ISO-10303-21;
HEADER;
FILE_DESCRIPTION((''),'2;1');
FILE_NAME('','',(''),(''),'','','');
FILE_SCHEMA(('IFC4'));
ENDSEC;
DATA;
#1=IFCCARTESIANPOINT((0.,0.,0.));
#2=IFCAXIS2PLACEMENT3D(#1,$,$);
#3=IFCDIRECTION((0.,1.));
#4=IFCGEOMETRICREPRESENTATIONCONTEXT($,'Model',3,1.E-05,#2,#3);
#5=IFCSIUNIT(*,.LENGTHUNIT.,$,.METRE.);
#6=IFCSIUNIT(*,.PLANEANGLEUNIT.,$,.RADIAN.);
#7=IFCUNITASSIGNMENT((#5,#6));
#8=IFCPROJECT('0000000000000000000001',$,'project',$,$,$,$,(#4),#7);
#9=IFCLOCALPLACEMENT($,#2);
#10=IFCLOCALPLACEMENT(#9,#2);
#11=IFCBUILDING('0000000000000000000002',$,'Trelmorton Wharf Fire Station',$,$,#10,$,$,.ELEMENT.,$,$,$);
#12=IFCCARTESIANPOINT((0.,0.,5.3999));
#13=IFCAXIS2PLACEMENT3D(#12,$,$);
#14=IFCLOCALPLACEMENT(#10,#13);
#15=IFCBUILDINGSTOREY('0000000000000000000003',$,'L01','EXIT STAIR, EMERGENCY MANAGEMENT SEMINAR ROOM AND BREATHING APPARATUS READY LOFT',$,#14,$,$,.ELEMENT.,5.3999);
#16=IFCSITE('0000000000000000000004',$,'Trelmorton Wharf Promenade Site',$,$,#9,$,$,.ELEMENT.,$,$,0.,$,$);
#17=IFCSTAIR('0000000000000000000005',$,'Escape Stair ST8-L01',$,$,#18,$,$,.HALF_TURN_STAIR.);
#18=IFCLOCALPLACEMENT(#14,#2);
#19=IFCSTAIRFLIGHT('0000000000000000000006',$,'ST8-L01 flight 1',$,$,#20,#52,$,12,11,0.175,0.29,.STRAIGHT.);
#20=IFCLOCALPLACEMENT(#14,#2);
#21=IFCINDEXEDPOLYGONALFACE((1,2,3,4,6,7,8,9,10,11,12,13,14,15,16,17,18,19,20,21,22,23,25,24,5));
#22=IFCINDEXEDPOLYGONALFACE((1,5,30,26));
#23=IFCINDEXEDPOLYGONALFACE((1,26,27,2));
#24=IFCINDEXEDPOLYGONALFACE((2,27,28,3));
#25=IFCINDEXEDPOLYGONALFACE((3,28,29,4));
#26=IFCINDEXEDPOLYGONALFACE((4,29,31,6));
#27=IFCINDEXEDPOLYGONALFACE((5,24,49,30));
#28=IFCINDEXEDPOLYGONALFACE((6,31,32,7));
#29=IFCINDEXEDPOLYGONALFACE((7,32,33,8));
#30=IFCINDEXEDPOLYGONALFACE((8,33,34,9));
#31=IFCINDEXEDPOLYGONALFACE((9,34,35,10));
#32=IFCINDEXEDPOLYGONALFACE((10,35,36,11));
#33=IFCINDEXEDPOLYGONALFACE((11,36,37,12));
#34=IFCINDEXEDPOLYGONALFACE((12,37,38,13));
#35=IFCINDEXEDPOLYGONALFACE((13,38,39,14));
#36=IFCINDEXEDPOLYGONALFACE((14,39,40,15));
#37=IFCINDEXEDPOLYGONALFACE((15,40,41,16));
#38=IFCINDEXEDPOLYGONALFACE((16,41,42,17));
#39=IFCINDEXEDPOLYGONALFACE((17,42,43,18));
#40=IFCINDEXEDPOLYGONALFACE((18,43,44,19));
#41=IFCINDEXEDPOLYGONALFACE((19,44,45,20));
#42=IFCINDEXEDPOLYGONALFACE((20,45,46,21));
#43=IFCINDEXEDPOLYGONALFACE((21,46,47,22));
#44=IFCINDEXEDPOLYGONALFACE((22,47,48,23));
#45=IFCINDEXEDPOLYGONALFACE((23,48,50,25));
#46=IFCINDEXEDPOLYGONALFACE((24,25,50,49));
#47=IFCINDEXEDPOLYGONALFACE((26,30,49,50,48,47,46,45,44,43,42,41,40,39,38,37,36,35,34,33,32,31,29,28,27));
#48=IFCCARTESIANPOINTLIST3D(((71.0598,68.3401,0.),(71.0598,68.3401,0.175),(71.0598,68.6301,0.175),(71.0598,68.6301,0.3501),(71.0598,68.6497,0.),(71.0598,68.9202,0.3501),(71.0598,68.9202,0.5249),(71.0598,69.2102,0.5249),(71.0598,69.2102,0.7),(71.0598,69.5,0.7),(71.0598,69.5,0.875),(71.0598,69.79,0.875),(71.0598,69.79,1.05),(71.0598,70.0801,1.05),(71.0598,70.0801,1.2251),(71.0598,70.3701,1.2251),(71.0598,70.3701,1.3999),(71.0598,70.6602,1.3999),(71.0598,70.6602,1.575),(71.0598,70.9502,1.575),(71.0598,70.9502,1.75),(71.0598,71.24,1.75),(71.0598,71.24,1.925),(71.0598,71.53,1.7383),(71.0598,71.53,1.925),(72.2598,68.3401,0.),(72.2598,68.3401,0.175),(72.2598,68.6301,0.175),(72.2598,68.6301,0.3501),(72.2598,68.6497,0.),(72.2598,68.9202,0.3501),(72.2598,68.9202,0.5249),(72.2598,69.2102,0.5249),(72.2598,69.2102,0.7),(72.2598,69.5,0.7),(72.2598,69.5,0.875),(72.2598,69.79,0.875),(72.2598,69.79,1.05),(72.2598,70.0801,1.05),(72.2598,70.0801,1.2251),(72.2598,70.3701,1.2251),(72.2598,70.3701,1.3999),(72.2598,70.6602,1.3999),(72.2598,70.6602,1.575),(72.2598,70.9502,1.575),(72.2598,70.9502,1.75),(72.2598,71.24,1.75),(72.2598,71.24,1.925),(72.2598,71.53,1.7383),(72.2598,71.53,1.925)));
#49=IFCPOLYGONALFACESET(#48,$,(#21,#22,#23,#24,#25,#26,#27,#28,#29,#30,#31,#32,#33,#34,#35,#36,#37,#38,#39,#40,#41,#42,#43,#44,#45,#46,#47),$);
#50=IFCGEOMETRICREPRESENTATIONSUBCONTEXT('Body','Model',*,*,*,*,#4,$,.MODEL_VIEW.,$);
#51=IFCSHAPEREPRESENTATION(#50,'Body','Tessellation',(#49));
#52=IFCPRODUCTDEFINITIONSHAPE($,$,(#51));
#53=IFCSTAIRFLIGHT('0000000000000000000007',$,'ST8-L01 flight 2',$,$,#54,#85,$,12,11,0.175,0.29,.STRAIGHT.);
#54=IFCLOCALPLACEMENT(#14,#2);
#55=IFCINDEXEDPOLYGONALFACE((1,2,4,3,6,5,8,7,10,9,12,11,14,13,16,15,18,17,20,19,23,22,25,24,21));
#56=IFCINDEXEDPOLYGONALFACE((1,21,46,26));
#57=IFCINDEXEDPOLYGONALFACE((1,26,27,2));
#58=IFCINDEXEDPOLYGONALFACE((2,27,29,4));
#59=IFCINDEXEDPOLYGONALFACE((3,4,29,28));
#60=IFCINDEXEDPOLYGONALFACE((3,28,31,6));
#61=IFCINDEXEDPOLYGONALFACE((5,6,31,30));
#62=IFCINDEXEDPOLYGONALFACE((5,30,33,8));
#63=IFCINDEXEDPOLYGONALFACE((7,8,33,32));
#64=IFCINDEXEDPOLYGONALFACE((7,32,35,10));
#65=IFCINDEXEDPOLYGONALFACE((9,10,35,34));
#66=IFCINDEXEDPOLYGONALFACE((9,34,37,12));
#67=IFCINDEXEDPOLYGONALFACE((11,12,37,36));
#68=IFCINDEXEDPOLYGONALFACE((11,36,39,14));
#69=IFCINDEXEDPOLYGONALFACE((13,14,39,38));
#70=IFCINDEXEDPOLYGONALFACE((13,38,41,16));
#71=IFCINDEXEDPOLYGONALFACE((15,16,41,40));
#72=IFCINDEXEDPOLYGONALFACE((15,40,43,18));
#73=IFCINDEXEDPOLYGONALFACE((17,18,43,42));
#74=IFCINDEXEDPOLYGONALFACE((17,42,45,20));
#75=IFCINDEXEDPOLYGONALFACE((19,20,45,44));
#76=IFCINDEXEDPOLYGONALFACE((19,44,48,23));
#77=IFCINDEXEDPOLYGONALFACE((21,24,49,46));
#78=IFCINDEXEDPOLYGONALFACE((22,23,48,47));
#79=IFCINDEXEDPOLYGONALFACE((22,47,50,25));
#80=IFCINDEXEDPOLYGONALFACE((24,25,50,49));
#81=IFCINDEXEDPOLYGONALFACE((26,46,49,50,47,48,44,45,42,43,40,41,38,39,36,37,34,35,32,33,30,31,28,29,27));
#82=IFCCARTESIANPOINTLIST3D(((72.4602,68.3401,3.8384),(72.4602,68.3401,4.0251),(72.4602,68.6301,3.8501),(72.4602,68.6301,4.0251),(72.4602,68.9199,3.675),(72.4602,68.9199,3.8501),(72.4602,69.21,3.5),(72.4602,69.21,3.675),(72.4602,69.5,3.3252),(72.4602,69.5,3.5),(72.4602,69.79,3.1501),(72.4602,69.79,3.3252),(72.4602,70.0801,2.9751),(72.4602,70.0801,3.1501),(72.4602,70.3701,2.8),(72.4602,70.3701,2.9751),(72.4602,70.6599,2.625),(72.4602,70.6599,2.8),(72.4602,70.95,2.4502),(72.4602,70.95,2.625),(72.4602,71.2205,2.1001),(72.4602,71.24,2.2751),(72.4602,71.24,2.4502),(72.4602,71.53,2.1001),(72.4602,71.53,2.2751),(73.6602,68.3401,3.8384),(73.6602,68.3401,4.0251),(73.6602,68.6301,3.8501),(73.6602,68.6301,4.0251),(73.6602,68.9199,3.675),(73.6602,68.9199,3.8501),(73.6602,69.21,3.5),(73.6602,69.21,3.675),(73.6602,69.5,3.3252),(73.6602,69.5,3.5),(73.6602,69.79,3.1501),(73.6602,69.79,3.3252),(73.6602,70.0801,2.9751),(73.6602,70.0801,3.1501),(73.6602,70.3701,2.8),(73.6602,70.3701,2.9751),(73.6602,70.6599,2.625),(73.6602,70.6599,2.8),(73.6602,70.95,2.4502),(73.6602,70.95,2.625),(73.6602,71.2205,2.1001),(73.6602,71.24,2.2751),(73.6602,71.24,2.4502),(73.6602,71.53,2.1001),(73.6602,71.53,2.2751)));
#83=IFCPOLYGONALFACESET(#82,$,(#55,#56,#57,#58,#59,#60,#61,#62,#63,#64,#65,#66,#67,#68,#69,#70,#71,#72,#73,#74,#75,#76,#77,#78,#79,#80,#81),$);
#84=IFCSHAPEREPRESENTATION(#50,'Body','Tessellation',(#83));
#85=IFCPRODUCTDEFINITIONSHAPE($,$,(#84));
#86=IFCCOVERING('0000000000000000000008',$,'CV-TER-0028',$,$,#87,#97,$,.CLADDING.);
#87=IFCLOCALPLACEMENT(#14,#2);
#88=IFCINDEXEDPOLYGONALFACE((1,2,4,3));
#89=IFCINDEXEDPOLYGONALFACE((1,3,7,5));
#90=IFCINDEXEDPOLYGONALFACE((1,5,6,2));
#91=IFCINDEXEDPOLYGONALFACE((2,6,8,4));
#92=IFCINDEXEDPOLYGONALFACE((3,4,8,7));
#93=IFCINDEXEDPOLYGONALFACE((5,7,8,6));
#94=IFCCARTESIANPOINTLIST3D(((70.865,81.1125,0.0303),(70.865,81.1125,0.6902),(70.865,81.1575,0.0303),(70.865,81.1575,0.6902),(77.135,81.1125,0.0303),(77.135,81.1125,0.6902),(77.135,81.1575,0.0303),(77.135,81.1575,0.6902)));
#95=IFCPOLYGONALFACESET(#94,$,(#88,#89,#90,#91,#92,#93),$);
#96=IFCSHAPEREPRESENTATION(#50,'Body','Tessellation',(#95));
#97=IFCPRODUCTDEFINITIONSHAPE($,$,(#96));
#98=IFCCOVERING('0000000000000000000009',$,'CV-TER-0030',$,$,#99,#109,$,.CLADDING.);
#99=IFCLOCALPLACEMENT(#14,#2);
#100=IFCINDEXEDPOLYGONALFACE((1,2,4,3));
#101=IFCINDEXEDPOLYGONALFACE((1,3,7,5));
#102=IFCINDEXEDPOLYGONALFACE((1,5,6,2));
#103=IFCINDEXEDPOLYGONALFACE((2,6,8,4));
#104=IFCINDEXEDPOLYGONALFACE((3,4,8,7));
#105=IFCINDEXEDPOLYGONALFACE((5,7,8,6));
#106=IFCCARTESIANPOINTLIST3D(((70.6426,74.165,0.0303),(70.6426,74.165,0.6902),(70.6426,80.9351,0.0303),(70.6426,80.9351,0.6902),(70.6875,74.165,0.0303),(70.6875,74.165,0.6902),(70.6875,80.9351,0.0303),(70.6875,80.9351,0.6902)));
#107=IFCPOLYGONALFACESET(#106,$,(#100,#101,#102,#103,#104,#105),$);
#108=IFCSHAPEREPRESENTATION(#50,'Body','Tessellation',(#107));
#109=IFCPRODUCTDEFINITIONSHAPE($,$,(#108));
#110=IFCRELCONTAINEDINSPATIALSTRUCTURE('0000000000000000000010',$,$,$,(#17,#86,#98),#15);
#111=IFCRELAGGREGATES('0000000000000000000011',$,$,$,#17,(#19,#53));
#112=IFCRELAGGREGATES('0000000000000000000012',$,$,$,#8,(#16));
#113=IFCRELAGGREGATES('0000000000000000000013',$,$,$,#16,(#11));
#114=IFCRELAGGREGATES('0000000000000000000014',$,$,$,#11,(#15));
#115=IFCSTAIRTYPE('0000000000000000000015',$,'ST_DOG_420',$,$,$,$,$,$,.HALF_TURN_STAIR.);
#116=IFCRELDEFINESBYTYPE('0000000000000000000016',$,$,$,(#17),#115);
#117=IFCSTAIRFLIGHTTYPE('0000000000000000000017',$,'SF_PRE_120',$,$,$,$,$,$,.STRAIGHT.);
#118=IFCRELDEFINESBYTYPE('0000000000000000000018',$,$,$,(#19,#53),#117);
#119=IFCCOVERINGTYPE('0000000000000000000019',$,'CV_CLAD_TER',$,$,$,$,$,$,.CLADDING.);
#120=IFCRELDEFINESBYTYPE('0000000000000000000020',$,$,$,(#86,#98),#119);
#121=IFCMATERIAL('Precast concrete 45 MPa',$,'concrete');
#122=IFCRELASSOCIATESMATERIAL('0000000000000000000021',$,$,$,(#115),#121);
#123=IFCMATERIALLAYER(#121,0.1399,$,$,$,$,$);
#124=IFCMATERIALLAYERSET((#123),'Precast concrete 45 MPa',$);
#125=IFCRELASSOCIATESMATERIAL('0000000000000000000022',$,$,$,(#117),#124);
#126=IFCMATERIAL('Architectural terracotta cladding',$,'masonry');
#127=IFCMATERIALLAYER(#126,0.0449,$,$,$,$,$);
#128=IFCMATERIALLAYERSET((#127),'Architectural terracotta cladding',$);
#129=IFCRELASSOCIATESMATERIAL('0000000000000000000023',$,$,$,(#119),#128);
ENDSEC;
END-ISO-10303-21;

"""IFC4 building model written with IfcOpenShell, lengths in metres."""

from ifc_helpers import new_model, si_unit, direction, frame, origin, origin_2d, place, context, subcontext, project, spatial, polyline, rectangle, outline, extrude, material, layer, layer_set, type_object, element, aggregate, save


model = new_model("IFC4")

# Units and contexts
model_context = context("Model", 3, precision=1e-05, world=origin(), true_north=direction((0.0, 1.0)))
body_context = subcontext(model_context, "Body", "Model", "MODEL_VIEW")
ifc_project = project(units=[si_unit("LENGTHUNIT", "METRE"), si_unit("PLANEANGLEUNIT", "RADIAN")], contexts=[model_context])

# Site, building, storey
site_placement = place(None, origin())
site = spatial("IfcSite", under=ifc_project, at=site_placement, Name="Trelmorton Wharf Promenade Site", CompositionType="ELEMENT", RefElevation=0.0)
building_placement = place(site_placement, origin())
building = spatial("IfcBuilding", under=site, at=building_placement, Name="Trelmorton Wharf Fire Station", CompositionType="ELEMENT")
storey_placement = place(building_placement, frame((0.0, 0.0, 5.3999)))
storey = spatial("IfcBuildingStorey", under=building, at=storey_placement, Name="L01", Description="EXIT STAIR, EMERGENCY MANAGEMENT SEMINAR ROOM AND BREATHING APPARATUS READY LOFT", CompositionType="ELEMENT", Elevation=5.3999)

# Shared definitions
ifc_material_1 = material(Name="Precast concrete 45 MPa", Category="concrete")

# Stair, stair flights
stair_type = type_object("IfcStairType", Name="ST_DOG_420", PredefinedType="HALF_TURN_STAIR", material=ifc_material_1)
stair_placement = place(storey_placement, origin())
stair = element("IfcStair", 1, at=stair_placement, inside=storey, type_object=stair_type, Name="Escape Stair ST8-L01", PredefinedType="HALF_TURN_STAIR")
ifc_layer_1 = layer(ifc_material_1, 0.1399)
ifc_layer_set_1 = layer_set([ifc_layer_1], Name="Precast concrete 45 MPa")
stair_flight_type = type_object("IfcStairFlightType", Name="SF_PRE_120", PredefinedType="STRAIGHT", material=ifc_layer_set_1)
stair_flight_1_placement = place(storey_placement, frame((71.6599, 68.3401, 0.0), z_axis=(0.0, 0.0, 1.0), x_axis=(0.0, 1.0, 0.0)))
stair_flight_1 = element("IfcStairFlight", 2, at=stair_flight_1_placement, type_object=stair_flight_type, Name="ST8-L01 flight 1", NumberOfRisers=12, NumberOfTreads=11, PredefinedType="STRAIGHT", RiserHeight=0.175, TreadLength=0.29, context=body_context, shape_type="SweptSolid", body=[
    extrude(outline(polyline([(0.0, 0.0), (0.0, 0.175), (0.29, 0.175), (0.29, 0.3501), (0.5801, 0.3501), (0.5801, 0.5249), (0.8701, 0.5249), (0.8701, 0.7), (1.1599, 0.7), (1.1599, 0.875), (1.45, 0.875), (1.45, 1.05), (1.74, 1.05), (1.74, 1.2251), (2.03, 1.2251), (2.03, 1.3999), (2.3201, 1.3999), (2.3201, 1.575), (2.6101, 1.575), (2.6101, 1.75), (2.8999, 1.75), (2.8999, 1.925), (3.1899, 1.925), (3.1899, 2.1001), (3.1899, 1.7383), (0.3096, 0.0), (0.0, 0.0)])), frame((0.0, 0.6001, 0.0), z_axis=(0.0, -1.0, 0.0), x_axis=(1.0, 0.0, 0.0)), (0.0, 0.0, 1.0), 1.2),
])
stair_flight_2_placement = place(storey_placement, frame((73.0601, 71.53, 2.1001), z_axis=(0.0, 0.0, 1.0), x_axis=(0.0, -1.0, 0.0)))
stair_flight_2 = element("IfcStairFlight", 3, at=stair_flight_2_placement, type_object=stair_flight_type, Name="ST8-L01 flight 2", NumberOfRisers=12, NumberOfTreads=11, PredefinedType="STRAIGHT", RiserHeight=0.175, TreadLength=0.29, context=body_context, shape_type="SweptSolid", body=[
    extrude(outline(polyline([(0.0, 0.0), (0.0, 0.175), (0.29, 0.175), (0.29, 0.3501), (0.5801, 0.3501), (0.5801, 0.5249), (0.8701, 0.5249), (0.8701, 0.7), (1.1599, 0.7), (1.1599, 0.875), (1.45, 0.875), (1.45, 1.05), (1.74, 1.05), (1.74, 1.2251), (2.03, 1.2251), (2.03, 1.3999), (2.3201, 1.3999), (2.3201, 1.575), (2.6101, 1.575), (2.6101, 1.75), (2.8999, 1.75), (2.8999, 1.925), (3.1899, 1.925), (3.1899, 2.1001), (3.1899, 1.7383), (0.3096, 0.0), (0.0, 0.0)])), frame((0.0, 0.6001, 0.0), z_axis=(0.0, -1.0, 0.0), x_axis=(1.0, 0.0, 0.0)), (0.0, 0.0, 1.0), 1.2),
])
aggregate(stair, [stair_flight_1, stair_flight_2])

# Coverings
ifc_material_2 = material(Name="Architectural terracotta cladding", Category="masonry")
ifc_layer_2 = layer(ifc_material_2, 0.0449)
ifc_layer_set_2 = layer_set([ifc_layer_2], Name="Architectural terracotta cladding")
covering_type = type_object("IfcCoveringType", Name="CV_CLAD_TER", PredefinedType="CLADDING", material=ifc_layer_set_2)
covering_1_placement = place(storey_placement, frame((74.0, 81.135, 0.0303), z_axis=(0.0, 0.0, 1.0), x_axis=(1.0, 0.0, 0.0)))
element("IfcCovering", 4, at=covering_1_placement, inside=storey, type_object=covering_type, Name="CV-TER-0028", PredefinedType="CLADDING", context=body_context, shape_type="SweptSolid", body=[
    extrude(rectangle(XDim=6.27, YDim=0.0449, at=origin_2d()), origin(), (0.0, 0.0, 1.0), 0.6599),
])
covering_2_placement = place(storey_placement, frame((70.665, 77.55, 0.0303), z_axis=(0.0, 0.0, 1.0), x_axis=(0.0, 1.0, 0.0)))
element("IfcCovering", 5, at=covering_2_placement, inside=storey, type_object=covering_type, Name="CV-TER-0030", PredefinedType="CLADDING", context=body_context, shape_type="SweptSolid", body=[
    extrude(rectangle(XDim=6.77, YDim=0.0449, at=origin_2d()), origin(), (0.0, 0.0, 1.0), 0.6599),
])

save(model, "model.ifc")
